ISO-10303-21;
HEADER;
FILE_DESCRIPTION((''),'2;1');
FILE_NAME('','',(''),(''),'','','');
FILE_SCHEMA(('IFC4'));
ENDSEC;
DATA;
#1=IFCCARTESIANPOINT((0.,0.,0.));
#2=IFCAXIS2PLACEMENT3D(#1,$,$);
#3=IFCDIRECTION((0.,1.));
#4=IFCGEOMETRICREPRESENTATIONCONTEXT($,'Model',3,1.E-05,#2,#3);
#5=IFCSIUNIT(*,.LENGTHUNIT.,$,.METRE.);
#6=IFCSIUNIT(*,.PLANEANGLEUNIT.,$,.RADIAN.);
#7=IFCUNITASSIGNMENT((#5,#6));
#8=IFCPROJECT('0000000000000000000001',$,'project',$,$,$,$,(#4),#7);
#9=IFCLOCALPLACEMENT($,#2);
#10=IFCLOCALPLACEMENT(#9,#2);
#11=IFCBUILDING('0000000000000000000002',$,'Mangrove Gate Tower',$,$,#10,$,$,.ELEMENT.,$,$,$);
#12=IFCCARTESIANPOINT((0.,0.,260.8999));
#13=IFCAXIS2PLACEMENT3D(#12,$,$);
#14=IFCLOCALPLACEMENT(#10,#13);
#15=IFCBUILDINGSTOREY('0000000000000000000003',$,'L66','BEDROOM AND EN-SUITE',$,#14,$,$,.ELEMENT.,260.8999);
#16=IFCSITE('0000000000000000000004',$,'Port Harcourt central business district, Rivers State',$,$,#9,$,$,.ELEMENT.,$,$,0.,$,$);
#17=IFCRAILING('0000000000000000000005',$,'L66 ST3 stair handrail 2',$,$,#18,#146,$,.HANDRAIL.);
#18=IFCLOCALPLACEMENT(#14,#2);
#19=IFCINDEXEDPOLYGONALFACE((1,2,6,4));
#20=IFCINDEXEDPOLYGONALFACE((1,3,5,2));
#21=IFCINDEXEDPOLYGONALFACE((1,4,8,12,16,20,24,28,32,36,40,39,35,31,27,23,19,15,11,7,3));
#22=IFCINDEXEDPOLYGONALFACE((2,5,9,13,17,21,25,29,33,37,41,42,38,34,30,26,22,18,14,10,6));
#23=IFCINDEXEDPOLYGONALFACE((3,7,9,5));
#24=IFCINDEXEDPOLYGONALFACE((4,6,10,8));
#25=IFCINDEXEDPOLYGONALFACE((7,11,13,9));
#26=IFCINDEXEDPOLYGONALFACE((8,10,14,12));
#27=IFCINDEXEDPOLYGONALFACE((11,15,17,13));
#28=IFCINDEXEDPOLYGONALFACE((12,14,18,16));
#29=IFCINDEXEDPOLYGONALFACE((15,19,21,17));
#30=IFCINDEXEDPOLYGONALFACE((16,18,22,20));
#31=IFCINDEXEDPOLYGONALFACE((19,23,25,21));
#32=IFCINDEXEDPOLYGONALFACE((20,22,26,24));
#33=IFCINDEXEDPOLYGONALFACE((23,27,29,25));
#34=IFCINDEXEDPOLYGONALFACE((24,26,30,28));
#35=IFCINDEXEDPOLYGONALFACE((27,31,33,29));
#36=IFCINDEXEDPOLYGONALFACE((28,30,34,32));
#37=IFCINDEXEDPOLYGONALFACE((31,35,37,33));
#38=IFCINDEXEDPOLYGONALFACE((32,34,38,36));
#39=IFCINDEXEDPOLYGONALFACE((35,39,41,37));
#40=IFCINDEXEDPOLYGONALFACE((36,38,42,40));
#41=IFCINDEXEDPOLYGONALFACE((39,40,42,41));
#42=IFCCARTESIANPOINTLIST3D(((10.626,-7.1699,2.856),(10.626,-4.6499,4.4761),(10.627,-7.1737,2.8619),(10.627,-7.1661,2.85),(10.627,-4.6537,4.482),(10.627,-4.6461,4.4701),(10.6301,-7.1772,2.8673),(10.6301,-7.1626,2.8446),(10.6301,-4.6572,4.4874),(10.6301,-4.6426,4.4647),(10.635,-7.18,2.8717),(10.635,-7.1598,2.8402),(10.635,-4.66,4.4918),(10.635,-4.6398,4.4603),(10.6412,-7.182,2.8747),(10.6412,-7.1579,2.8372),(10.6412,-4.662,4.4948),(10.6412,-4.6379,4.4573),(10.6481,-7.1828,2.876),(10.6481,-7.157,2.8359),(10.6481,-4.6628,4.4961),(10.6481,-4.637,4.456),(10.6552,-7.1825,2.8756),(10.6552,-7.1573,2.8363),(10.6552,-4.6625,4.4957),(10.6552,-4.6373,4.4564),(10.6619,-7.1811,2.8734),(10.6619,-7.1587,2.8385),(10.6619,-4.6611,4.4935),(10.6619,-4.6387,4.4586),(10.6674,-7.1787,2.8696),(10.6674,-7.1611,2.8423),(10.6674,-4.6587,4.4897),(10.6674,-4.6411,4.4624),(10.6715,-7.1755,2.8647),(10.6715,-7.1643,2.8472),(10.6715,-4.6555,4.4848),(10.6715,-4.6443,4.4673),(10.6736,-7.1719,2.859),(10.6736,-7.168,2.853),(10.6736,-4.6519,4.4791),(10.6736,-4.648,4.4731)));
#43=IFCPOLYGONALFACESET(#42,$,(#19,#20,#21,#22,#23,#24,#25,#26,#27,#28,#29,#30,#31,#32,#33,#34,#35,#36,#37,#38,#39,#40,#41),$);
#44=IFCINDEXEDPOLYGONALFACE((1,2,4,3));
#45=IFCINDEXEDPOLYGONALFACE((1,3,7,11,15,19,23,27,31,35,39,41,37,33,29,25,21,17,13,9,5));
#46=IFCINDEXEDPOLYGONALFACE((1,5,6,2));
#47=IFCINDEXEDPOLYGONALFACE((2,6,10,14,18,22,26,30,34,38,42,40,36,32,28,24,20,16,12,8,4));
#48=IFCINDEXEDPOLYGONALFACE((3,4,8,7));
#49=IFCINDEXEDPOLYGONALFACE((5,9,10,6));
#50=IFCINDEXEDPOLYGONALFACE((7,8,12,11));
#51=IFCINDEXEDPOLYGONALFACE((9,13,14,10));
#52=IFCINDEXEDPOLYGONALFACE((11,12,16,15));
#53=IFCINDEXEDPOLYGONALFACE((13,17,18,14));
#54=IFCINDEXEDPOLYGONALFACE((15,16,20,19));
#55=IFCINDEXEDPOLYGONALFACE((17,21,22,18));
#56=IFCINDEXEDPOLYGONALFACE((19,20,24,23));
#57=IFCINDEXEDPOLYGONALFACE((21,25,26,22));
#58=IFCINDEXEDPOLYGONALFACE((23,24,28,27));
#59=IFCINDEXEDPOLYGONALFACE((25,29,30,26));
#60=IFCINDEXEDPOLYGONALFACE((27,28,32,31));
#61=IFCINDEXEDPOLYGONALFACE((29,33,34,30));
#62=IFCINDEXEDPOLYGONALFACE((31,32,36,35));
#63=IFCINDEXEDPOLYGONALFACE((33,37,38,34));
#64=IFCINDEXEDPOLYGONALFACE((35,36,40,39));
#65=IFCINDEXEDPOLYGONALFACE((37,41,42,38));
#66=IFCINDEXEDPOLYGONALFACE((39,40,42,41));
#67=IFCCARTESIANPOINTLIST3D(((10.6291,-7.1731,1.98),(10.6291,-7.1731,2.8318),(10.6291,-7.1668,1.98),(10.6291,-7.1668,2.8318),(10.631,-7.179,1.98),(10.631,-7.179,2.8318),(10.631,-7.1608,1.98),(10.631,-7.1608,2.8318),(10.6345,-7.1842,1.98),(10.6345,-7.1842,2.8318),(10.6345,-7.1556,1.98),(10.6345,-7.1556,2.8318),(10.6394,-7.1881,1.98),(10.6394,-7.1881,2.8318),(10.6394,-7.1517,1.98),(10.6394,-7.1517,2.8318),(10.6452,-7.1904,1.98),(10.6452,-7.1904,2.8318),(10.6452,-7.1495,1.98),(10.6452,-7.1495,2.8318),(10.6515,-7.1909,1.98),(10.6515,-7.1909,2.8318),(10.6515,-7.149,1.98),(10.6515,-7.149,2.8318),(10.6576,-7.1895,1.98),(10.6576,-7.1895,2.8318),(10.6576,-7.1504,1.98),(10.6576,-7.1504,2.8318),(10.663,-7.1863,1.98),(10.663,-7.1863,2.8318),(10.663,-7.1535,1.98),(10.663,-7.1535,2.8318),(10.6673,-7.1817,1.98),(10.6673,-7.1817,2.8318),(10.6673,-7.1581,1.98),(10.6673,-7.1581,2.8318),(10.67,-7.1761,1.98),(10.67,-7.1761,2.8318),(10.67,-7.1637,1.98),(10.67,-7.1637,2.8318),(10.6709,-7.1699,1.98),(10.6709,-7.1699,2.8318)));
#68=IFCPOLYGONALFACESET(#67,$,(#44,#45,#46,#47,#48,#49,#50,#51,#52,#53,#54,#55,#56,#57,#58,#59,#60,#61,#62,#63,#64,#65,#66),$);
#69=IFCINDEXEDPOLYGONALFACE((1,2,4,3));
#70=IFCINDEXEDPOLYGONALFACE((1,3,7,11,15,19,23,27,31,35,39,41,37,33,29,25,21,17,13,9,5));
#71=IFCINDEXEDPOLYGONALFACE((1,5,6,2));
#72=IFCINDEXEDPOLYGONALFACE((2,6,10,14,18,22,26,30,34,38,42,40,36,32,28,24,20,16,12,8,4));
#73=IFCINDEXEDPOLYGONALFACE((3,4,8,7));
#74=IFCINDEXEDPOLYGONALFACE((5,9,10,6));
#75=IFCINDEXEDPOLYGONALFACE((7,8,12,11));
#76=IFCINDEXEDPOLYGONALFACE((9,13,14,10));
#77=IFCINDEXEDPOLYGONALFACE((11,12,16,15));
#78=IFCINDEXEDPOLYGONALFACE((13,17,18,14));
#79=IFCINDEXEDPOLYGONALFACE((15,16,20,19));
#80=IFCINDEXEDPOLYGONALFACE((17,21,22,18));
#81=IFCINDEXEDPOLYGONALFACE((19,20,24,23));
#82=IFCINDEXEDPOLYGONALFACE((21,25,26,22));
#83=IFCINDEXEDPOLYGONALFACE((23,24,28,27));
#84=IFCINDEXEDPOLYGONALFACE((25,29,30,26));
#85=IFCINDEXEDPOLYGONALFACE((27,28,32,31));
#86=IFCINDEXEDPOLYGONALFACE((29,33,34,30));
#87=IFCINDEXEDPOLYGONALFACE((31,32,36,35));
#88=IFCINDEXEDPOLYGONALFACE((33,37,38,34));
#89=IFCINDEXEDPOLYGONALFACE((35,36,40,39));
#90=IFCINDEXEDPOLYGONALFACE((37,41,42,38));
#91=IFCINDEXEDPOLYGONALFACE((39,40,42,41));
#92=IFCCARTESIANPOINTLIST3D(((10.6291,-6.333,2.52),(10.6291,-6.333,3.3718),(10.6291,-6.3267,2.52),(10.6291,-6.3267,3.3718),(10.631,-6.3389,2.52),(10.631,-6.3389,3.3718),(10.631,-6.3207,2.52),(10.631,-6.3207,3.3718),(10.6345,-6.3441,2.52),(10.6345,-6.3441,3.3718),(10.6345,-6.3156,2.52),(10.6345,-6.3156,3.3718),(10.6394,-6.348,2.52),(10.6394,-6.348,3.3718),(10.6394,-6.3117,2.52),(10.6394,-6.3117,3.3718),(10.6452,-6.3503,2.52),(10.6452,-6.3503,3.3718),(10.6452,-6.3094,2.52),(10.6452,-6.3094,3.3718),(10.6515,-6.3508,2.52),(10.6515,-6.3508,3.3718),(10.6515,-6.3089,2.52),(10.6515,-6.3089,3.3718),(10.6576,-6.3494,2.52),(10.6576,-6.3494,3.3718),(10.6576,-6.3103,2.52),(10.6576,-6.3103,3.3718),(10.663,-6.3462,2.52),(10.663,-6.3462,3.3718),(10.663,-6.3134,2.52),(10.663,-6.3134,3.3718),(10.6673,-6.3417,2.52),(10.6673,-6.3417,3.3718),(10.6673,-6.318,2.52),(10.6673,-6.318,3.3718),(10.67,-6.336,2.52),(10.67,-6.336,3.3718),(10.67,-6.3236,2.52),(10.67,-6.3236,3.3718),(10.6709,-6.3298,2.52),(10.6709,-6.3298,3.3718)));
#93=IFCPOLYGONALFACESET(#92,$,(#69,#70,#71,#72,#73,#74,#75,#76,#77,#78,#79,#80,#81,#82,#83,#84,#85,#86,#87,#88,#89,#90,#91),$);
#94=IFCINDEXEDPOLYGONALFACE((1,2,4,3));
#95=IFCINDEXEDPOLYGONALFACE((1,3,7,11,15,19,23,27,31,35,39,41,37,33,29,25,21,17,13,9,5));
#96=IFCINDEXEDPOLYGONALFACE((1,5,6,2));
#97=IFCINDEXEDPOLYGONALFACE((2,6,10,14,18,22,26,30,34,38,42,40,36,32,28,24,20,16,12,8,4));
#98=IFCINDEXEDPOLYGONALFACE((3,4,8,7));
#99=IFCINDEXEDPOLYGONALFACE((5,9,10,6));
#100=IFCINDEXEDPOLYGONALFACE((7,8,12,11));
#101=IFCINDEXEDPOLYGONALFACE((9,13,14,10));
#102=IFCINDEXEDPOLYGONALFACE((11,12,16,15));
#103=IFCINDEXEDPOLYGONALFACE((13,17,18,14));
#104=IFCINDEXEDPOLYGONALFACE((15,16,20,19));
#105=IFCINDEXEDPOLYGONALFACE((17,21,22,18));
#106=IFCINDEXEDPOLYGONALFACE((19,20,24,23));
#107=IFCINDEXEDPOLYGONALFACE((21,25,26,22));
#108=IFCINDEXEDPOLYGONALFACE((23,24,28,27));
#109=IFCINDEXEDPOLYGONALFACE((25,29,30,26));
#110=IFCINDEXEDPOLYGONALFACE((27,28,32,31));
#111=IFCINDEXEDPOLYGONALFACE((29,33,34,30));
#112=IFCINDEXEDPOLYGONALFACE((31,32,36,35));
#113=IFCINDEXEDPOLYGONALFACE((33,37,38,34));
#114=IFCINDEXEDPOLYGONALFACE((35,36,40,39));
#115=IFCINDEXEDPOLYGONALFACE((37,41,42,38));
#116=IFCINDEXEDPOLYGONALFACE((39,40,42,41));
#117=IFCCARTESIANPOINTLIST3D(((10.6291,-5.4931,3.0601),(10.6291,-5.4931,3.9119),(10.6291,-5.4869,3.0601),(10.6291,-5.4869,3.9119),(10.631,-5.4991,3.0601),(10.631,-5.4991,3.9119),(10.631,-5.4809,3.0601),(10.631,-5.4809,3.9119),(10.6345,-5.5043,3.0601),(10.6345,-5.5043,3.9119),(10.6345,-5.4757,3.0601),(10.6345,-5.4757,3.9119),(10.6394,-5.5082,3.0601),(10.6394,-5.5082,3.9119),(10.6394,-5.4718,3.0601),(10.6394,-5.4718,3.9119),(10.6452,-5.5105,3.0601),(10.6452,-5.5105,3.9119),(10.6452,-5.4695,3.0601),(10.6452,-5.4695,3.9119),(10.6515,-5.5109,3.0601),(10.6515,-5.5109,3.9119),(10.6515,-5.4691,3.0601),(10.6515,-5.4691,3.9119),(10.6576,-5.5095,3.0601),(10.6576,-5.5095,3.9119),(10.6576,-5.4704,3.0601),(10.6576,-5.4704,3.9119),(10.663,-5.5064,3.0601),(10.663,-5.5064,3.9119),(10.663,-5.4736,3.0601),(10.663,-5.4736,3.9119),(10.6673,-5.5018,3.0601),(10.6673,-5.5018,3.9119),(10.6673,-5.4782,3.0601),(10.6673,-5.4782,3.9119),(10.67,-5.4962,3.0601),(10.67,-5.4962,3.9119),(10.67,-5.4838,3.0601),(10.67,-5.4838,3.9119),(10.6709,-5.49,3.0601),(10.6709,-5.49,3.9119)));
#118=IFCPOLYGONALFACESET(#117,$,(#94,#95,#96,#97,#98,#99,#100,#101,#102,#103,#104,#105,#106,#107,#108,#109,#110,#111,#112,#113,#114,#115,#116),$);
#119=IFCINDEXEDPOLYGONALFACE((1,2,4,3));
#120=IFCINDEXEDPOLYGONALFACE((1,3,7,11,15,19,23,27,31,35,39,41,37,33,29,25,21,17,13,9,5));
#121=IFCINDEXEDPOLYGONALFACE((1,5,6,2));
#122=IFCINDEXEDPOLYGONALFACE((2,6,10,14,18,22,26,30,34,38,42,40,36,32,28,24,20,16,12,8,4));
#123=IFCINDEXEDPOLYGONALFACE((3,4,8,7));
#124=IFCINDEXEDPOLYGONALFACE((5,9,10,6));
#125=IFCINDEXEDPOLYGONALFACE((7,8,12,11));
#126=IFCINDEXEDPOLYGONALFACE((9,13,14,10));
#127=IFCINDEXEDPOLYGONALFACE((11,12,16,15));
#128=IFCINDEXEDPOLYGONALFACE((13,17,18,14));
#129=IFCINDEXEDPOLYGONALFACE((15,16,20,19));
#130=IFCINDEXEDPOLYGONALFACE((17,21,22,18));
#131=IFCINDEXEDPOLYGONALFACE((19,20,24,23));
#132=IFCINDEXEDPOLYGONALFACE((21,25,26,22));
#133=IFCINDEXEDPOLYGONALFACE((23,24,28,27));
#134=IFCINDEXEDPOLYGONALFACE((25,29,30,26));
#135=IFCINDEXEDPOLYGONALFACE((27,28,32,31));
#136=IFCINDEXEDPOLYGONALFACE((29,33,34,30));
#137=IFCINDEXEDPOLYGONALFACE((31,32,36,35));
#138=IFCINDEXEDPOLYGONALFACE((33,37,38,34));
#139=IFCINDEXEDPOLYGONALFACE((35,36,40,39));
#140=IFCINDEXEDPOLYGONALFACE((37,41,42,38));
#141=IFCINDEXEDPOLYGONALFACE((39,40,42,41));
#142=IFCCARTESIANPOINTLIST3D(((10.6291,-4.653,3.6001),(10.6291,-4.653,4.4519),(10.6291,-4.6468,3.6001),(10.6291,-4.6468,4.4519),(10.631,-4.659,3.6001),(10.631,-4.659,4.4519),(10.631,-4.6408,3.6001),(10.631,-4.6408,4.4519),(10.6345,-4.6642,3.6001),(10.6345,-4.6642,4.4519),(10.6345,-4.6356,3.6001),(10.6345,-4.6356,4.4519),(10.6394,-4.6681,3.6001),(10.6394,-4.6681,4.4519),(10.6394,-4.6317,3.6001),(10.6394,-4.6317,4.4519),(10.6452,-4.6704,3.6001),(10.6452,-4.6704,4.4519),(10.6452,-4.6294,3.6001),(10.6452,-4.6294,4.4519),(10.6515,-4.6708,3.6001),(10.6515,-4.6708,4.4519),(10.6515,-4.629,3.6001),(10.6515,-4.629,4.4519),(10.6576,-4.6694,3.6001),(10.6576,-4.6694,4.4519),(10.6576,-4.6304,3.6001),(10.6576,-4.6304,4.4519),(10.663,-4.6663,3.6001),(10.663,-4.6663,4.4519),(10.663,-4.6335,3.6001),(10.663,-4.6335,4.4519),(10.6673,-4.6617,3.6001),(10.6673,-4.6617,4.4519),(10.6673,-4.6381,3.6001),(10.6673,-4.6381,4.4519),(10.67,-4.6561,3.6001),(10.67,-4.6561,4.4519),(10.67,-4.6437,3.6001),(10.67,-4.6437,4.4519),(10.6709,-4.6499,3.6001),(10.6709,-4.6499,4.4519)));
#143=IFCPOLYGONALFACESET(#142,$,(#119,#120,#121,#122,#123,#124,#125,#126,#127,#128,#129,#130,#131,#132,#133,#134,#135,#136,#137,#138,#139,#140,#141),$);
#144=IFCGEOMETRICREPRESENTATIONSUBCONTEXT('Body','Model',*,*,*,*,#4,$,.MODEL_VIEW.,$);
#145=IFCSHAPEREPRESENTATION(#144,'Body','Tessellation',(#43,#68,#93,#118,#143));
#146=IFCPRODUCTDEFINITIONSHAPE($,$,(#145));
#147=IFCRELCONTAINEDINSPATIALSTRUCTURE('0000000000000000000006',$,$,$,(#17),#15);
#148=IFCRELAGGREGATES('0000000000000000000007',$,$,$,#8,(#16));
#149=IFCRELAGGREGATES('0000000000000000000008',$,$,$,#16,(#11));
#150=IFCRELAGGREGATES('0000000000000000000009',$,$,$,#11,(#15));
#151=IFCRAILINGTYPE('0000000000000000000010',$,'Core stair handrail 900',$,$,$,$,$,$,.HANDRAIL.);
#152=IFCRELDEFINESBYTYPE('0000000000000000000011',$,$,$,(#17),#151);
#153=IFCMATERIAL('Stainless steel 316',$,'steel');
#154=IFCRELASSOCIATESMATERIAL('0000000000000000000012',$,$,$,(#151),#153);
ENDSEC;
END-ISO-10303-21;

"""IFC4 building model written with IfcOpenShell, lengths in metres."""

from ifc_helpers import new_model, si_unit, direction, frame, origin, origin_2d, place, context, subcontext, project, spatial, circle, extrude, material, type_object, element, save


model = new_model("IFC4")

# Units and contexts
model_context = context("Model", 3, precision=1e-05, world=origin(), true_north=direction((0.0, 1.0)))
body_context = subcontext(model_context, "Body", "Model", "MODEL_VIEW")
ifc_project = project(units=[si_unit("LENGTHUNIT", "METRE"), si_unit("PLANEANGLEUNIT", "RADIAN")], contexts=[model_context])

# Site, building, storey
site_placement = place(None, origin())
site = spatial("IfcSite", under=ifc_project, at=site_placement, Name="Port Harcourt central business district, Rivers State", CompositionType="ELEMENT", RefElevation=0.0)
building_placement = place(site_placement, origin())
building = spatial("IfcBuilding", under=site, at=building_placement, Name="Mangrove Gate Tower", CompositionType="ELEMENT")
storey_placement = place(building_placement, frame((0.0, 0.0, 260.8999)))
storey = spatial("IfcBuildingStorey", under=building, at=storey_placement, Name="L66", Description="BEDROOM AND EN-SUITE", CompositionType="ELEMENT", Elevation=260.8999)

# Railing
ifc_material_1 = material(Name="Stainless steel 316", Category="steel")
railing_type_1 = type_object("IfcRailingType", Name="Core stair handrail 900", PredefinedType="HANDRAIL", material=ifc_material_1)
railing_1_placement = place(storey_placement, frame((10.6499, -7.1699, 1.98)))
element("IfcRailing", 1, at=railing_1_placement, inside=storey, type_object=railing_type_1, Name="L66 ST3 stair handrail 2", PredefinedType="HANDRAIL", context=body_context, shape_type="SweptSolid", body=[
    extrude(circle(Radius=0.0239, at=origin_2d()), frame((0.0, 0.0, 0.876), z_axis=(0.0, 0.841163, 0.540782), x_axis=(-1.0, 0.0, 0.0)), (0.0, 0.0, 1.0), 2.9958),
    extrude(circle(Radius=0.021, at=origin_2d()), origin(), (0.0, 0.0, 1.0), 0.8518),
    extrude(circle(Radius=0.021, at=origin_2d()), frame((0.0, 0.8401, 0.54)), (0.0, 0.0, 1.0), 0.8518),
    extrude(circle(Radius=0.021, at=origin_2d()), frame((0.0, 1.6799, 1.0801)), (0.0, 0.0, 1.0), 0.8518),
    extrude(circle(Radius=0.021, at=origin_2d()), frame((0.0, 2.52, 1.6201)), (0.0, 0.0, 1.0), 0.8518),
])

save(model, "model.ifc")
